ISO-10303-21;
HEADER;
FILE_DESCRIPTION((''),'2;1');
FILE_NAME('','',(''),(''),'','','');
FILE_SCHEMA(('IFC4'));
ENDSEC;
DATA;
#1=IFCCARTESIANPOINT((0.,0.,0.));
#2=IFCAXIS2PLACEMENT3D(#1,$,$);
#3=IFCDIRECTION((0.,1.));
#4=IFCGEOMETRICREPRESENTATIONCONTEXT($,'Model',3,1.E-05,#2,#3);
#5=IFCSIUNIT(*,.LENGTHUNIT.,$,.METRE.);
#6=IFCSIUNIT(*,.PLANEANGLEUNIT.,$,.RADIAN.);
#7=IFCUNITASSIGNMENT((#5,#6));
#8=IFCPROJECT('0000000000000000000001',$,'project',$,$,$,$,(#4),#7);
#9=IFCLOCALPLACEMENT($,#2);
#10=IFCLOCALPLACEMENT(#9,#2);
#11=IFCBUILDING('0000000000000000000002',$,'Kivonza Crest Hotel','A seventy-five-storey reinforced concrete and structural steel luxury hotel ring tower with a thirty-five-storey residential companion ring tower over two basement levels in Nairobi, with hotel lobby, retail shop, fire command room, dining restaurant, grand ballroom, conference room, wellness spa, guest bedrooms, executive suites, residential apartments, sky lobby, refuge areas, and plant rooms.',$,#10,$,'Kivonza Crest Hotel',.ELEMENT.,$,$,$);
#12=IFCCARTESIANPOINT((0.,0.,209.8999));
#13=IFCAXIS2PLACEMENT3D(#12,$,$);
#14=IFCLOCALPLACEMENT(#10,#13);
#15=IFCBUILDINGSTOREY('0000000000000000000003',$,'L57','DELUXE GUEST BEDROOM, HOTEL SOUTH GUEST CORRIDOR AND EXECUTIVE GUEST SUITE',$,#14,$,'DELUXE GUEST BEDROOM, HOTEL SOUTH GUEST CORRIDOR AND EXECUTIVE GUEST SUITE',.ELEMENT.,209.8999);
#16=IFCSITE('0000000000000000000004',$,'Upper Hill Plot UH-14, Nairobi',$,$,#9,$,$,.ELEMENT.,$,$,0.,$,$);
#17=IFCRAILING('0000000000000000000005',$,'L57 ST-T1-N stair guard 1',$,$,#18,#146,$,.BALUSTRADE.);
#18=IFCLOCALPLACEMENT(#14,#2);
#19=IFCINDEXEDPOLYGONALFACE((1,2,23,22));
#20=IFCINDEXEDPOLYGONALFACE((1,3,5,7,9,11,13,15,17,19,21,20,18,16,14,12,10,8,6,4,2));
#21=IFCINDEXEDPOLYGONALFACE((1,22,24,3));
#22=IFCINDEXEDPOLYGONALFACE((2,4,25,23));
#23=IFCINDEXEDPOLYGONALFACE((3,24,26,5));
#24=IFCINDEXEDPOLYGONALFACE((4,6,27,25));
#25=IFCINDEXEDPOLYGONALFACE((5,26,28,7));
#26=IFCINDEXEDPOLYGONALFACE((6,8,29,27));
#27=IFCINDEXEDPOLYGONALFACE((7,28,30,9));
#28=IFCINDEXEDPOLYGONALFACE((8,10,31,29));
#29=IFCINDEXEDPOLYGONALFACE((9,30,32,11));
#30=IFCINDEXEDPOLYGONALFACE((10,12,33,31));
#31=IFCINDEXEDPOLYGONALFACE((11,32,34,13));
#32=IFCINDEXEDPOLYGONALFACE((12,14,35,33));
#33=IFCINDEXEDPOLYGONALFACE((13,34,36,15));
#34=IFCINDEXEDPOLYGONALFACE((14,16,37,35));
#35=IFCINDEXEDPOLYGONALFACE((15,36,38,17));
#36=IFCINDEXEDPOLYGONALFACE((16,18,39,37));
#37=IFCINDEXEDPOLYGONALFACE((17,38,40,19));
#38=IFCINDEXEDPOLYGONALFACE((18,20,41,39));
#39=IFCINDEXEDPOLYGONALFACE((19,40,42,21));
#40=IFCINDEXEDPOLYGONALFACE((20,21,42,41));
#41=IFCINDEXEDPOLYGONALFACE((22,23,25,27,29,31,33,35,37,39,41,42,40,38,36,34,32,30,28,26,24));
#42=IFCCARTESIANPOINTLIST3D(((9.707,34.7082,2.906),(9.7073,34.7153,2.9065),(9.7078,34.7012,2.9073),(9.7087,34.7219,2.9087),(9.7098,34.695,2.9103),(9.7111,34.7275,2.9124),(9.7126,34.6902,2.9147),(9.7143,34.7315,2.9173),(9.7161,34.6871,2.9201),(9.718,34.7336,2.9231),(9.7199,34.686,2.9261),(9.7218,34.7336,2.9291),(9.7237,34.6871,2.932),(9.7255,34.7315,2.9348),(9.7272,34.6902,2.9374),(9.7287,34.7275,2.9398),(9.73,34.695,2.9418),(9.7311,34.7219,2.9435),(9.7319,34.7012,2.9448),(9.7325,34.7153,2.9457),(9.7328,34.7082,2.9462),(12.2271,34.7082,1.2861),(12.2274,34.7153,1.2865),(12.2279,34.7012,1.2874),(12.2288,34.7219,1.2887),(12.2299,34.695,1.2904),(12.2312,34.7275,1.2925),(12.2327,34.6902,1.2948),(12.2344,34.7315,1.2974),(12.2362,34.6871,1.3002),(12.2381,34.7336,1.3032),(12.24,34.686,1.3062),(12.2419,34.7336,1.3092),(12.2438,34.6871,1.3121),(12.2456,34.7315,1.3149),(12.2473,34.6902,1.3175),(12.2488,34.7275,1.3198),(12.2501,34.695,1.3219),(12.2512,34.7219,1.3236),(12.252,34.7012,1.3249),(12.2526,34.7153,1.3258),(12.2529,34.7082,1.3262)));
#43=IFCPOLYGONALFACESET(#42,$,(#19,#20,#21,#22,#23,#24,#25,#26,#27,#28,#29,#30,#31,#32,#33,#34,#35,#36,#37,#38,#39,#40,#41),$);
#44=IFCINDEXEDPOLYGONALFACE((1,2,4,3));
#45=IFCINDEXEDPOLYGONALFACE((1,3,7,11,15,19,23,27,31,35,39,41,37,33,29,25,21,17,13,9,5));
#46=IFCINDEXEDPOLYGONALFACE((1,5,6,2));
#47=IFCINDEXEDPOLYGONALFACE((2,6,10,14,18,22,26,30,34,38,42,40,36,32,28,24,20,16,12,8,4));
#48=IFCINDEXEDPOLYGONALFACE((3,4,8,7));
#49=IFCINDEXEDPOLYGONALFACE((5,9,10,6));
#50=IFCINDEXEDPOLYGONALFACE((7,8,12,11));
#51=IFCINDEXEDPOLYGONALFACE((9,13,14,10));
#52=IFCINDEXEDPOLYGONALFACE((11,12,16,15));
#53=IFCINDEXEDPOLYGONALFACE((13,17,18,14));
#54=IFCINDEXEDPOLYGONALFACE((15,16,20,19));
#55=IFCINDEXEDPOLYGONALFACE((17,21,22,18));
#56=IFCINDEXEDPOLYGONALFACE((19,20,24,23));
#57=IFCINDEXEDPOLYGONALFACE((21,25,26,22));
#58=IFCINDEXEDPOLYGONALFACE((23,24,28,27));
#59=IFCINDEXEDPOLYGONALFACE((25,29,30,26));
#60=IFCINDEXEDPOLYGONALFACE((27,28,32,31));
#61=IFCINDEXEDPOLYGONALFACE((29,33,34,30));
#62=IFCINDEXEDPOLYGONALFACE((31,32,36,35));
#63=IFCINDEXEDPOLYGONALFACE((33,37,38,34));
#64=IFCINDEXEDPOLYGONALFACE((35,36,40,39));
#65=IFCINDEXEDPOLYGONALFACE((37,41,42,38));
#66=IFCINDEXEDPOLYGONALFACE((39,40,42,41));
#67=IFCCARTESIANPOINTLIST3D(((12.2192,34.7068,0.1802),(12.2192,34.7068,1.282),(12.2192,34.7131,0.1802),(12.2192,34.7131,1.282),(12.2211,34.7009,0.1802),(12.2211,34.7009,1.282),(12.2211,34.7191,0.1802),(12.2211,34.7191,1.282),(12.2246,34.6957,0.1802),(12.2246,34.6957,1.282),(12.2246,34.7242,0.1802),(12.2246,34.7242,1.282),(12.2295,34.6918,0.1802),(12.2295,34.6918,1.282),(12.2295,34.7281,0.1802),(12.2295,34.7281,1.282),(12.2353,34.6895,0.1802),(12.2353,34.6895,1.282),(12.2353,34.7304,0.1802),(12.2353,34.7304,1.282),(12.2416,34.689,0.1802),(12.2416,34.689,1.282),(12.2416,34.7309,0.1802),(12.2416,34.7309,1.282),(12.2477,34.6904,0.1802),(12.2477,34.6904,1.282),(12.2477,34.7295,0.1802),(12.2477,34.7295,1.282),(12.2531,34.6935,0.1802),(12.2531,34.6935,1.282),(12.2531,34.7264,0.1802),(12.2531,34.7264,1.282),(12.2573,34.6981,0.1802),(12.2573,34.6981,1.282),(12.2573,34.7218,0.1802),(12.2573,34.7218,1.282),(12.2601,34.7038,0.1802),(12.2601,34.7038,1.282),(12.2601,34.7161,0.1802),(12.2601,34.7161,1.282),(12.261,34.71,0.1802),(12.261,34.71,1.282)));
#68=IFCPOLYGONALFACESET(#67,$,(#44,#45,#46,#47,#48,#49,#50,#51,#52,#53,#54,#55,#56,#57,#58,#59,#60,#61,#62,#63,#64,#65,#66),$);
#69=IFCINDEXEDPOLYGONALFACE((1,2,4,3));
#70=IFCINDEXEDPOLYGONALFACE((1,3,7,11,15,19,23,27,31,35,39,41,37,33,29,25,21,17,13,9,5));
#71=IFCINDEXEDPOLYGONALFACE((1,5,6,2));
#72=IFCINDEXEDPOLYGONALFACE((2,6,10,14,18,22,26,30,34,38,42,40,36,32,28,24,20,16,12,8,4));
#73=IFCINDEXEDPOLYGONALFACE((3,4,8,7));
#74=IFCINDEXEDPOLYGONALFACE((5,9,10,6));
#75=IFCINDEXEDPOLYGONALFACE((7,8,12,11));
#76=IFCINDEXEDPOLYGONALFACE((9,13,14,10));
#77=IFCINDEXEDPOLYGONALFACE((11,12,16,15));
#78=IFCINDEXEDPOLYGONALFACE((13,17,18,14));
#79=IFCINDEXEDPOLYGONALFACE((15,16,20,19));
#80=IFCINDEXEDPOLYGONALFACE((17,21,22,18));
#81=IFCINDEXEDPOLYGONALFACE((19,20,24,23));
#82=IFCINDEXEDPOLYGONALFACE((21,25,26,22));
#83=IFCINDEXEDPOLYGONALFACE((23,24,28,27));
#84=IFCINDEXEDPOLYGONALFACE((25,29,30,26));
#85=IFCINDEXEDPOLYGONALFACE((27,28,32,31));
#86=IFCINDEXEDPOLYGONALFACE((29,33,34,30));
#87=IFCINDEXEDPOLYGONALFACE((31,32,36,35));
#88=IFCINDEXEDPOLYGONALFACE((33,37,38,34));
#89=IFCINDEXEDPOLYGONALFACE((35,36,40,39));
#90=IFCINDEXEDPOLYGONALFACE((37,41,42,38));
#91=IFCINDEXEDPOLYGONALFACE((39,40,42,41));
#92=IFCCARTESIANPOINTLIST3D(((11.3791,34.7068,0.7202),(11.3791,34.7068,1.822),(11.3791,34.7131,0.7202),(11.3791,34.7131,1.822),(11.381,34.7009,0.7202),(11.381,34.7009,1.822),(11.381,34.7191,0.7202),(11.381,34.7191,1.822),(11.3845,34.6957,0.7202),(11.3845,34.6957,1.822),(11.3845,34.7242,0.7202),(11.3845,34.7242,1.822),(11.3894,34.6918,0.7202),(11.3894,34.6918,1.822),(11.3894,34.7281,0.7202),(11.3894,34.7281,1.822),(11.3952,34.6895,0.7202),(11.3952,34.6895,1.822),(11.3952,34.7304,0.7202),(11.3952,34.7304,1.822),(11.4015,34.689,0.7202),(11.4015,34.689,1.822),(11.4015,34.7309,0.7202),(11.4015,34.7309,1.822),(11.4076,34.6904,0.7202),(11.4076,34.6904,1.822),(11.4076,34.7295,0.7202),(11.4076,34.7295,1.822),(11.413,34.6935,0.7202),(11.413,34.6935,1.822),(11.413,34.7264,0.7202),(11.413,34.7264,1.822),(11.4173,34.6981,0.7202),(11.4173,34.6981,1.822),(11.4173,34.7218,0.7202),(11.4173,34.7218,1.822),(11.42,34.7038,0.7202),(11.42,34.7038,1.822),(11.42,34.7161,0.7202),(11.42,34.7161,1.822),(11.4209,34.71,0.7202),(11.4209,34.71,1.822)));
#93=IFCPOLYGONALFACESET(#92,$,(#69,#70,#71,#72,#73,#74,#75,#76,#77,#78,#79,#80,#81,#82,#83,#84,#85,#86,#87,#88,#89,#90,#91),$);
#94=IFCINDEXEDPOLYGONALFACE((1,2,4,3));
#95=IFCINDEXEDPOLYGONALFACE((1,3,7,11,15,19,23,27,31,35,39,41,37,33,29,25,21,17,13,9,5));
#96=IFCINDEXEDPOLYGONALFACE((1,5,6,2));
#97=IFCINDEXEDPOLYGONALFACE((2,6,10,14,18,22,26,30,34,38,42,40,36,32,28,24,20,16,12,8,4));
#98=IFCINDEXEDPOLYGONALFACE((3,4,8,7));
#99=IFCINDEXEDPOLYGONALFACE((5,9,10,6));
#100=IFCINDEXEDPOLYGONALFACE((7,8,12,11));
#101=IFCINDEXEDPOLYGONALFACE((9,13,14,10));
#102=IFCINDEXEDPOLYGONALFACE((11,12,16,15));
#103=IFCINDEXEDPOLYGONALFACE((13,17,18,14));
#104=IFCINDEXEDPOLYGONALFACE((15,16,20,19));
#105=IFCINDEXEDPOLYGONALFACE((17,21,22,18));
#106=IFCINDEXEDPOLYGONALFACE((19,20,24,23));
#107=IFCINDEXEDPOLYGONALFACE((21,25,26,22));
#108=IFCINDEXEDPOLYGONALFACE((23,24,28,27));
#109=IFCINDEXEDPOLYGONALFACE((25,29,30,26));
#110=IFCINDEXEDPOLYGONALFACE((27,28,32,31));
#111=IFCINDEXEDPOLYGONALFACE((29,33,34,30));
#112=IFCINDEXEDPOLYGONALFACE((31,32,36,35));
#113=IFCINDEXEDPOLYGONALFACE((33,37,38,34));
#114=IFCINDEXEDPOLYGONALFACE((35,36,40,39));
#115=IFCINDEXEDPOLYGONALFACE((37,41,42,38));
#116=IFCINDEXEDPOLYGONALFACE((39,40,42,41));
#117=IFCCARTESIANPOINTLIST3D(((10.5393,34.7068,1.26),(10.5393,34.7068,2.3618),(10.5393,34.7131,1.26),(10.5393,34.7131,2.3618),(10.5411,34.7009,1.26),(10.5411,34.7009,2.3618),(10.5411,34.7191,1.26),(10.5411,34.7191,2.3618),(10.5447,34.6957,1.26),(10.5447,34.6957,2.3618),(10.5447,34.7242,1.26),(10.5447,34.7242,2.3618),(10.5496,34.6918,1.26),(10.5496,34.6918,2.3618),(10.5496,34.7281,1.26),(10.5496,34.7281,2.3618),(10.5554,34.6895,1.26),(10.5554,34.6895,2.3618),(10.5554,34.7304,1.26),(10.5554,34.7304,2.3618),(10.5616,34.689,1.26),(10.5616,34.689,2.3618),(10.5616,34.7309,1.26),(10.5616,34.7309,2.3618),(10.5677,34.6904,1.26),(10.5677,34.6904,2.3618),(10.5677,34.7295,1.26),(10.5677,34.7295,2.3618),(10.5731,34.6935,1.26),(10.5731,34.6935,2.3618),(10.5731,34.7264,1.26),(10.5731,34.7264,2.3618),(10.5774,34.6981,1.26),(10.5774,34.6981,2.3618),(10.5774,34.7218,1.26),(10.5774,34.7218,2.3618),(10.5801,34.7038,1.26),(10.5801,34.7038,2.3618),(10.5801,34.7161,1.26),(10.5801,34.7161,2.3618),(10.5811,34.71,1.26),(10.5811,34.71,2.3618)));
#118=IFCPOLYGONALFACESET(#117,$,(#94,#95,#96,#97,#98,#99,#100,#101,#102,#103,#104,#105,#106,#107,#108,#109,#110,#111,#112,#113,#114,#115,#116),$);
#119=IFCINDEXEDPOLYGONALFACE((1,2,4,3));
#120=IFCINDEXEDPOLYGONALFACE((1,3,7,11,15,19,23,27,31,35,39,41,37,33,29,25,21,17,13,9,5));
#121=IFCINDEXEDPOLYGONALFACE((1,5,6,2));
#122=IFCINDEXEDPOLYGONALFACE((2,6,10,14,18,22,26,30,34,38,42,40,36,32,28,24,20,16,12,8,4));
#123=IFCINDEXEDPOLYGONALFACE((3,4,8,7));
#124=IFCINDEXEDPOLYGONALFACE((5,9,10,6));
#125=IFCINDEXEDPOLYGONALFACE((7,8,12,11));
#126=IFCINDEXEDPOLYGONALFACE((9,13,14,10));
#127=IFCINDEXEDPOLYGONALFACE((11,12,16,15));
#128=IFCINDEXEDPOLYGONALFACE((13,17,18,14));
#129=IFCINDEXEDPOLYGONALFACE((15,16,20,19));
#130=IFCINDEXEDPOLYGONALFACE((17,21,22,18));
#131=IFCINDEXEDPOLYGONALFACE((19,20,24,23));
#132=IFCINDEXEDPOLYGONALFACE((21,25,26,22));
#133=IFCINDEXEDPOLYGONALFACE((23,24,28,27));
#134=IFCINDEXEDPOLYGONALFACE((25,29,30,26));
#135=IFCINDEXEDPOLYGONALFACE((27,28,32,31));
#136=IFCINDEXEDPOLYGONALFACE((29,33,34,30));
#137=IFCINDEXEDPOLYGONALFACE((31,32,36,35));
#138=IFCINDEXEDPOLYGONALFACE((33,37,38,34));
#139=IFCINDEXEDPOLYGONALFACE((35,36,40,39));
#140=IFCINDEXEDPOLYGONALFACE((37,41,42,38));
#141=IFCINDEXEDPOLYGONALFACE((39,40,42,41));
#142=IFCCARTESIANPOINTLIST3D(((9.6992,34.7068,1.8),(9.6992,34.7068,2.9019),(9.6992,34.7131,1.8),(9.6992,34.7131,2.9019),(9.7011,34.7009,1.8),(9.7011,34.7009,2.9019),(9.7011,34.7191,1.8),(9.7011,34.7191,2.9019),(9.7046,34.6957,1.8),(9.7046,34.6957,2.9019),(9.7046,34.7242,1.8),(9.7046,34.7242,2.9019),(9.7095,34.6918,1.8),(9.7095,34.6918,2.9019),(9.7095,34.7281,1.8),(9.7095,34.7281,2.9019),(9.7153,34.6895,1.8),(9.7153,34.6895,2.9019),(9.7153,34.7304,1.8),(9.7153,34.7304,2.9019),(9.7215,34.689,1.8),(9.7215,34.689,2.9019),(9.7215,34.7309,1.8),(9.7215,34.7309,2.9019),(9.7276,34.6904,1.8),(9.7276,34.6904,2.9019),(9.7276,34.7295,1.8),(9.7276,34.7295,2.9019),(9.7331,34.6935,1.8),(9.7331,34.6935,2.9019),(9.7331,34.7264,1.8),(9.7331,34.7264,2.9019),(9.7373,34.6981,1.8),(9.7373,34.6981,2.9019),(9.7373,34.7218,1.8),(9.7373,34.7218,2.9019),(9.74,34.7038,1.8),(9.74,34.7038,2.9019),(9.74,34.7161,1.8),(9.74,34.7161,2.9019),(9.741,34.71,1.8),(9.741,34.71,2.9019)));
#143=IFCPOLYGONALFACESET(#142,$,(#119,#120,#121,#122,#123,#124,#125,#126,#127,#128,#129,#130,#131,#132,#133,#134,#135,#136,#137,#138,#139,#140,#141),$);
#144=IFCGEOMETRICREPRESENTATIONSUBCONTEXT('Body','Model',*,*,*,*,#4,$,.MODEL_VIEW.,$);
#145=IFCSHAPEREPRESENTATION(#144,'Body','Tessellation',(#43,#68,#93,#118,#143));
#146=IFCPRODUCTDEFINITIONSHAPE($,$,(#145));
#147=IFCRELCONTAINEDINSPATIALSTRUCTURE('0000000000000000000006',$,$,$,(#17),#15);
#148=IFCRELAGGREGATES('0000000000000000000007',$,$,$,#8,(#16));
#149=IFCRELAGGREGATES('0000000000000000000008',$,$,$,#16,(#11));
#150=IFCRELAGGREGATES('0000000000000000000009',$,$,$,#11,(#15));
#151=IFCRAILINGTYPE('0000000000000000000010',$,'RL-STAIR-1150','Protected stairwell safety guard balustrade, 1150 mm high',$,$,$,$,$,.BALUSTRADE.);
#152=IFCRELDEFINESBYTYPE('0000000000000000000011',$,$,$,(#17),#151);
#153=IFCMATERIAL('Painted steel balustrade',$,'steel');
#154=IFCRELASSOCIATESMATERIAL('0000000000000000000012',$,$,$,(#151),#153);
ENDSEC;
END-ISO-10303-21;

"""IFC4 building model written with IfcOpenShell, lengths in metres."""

from ifc_helpers import new_model, si_unit, direction, frame, origin, origin_2d, place, context, subcontext, project, spatial, circle, extrude, material, type_object, element, save


model = new_model("IFC4")

# Units and contexts
model_context = context("Model", 3, precision=1e-05, world=origin(), true_north=direction((0.0, 1.0)))
body_context = subcontext(model_context, "Body", "Model", "MODEL_VIEW")
ifc_project = project(units=[si_unit("LENGTHUNIT", "METRE"), si_unit("PLANEANGLEUNIT", "RADIAN")], contexts=[model_context])

# Site, building, storey
site_placement = place(None, origin())
site = spatial("IfcSite", under=ifc_project, at=site_placement, Name="Upper Hill Plot UH-14, Nairobi", CompositionType="ELEMENT", RefElevation=0.0)
building_placement = place(site_placement, origin())
building = spatial("IfcBuilding", under=site, at=building_placement, Name="Kivonza Crest Hotel", Description="A seventy-five-storey reinforced concrete and structural steel luxury hotel ring tower with a thirty-five-storey residential companion ring tower over two basement levels in Nairobi, with hotel lobby, retail shop, fire command room, dining restaurant, grand ballroom, conference room, wellness spa, guest bedrooms, executive suites, residential apartments, sky lobby, refuge areas, and plant rooms.", LongName="Kivonza Crest Hotel", CompositionType="ELEMENT")
storey_placement = place(building_placement, frame((0.0, 0.0, 209.8999)))
storey = spatial("IfcBuildingStorey", under=building, at=storey_placement, Name="L57", Description="DELUXE GUEST BEDROOM, HOTEL SOUTH GUEST CORRIDOR AND EXECUTIVE GUEST SUITE", LongName="DELUXE GUEST BEDROOM, HOTEL SOUTH GUEST CORRIDOR AND EXECUTIVE GUEST SUITE", CompositionType="ELEMENT", Elevation=209.8999)

# Railing
ifc_material_1 = material(Name="Painted steel balustrade", Category="steel")
railing_type_1 = type_object("IfcRailingType", Name="RL-STAIR-1150", Description="Protected stairwell safety guard balustrade, 1150 mm high", PredefinedType="BALUSTRADE", material=ifc_material_1)
railing_1_placement = place(storey_placement, frame((12.24, 34.71, 0.1802)))
element("IfcRailing", 1, at=railing_1_placement, inside=storey, type_object=railing_type_1, Name="L57 ST-T1-N stair guard 1", PredefinedType="BALUSTRADE", context=body_context, shape_type="SweptSolid", body=[
    extrude(circle(Radius=0.0239, at=origin_2d()), frame((0.0, 0.0, 1.126), z_axis=(-0.8412, 0.0, 0.540725), x_axis=(0.0, -1.0, 0.0)), (0.0, 0.0, 1.0), 2.9958),
    extrude(circle(Radius=0.021, at=origin_2d()), origin(), (0.0, 0.0, 1.0), 1.1018),
    extrude(circle(Radius=0.021, at=origin_2d()), frame((-0.8401, 0.0, 0.54)), (0.0, 0.0, 1.0), 1.1018),
    extrude(circle(Radius=0.021, at=origin_2d()), frame((-1.6799, 0.0, 1.0798)), (0.0, 0.0, 1.0), 1.1018),
    extrude(circle(Radius=0.021, at=origin_2d()), frame((-2.52, 0.0, 1.6199)), (0.0, 0.0, 1.0), 1.1018),
])

save(model, "model.ifc")
